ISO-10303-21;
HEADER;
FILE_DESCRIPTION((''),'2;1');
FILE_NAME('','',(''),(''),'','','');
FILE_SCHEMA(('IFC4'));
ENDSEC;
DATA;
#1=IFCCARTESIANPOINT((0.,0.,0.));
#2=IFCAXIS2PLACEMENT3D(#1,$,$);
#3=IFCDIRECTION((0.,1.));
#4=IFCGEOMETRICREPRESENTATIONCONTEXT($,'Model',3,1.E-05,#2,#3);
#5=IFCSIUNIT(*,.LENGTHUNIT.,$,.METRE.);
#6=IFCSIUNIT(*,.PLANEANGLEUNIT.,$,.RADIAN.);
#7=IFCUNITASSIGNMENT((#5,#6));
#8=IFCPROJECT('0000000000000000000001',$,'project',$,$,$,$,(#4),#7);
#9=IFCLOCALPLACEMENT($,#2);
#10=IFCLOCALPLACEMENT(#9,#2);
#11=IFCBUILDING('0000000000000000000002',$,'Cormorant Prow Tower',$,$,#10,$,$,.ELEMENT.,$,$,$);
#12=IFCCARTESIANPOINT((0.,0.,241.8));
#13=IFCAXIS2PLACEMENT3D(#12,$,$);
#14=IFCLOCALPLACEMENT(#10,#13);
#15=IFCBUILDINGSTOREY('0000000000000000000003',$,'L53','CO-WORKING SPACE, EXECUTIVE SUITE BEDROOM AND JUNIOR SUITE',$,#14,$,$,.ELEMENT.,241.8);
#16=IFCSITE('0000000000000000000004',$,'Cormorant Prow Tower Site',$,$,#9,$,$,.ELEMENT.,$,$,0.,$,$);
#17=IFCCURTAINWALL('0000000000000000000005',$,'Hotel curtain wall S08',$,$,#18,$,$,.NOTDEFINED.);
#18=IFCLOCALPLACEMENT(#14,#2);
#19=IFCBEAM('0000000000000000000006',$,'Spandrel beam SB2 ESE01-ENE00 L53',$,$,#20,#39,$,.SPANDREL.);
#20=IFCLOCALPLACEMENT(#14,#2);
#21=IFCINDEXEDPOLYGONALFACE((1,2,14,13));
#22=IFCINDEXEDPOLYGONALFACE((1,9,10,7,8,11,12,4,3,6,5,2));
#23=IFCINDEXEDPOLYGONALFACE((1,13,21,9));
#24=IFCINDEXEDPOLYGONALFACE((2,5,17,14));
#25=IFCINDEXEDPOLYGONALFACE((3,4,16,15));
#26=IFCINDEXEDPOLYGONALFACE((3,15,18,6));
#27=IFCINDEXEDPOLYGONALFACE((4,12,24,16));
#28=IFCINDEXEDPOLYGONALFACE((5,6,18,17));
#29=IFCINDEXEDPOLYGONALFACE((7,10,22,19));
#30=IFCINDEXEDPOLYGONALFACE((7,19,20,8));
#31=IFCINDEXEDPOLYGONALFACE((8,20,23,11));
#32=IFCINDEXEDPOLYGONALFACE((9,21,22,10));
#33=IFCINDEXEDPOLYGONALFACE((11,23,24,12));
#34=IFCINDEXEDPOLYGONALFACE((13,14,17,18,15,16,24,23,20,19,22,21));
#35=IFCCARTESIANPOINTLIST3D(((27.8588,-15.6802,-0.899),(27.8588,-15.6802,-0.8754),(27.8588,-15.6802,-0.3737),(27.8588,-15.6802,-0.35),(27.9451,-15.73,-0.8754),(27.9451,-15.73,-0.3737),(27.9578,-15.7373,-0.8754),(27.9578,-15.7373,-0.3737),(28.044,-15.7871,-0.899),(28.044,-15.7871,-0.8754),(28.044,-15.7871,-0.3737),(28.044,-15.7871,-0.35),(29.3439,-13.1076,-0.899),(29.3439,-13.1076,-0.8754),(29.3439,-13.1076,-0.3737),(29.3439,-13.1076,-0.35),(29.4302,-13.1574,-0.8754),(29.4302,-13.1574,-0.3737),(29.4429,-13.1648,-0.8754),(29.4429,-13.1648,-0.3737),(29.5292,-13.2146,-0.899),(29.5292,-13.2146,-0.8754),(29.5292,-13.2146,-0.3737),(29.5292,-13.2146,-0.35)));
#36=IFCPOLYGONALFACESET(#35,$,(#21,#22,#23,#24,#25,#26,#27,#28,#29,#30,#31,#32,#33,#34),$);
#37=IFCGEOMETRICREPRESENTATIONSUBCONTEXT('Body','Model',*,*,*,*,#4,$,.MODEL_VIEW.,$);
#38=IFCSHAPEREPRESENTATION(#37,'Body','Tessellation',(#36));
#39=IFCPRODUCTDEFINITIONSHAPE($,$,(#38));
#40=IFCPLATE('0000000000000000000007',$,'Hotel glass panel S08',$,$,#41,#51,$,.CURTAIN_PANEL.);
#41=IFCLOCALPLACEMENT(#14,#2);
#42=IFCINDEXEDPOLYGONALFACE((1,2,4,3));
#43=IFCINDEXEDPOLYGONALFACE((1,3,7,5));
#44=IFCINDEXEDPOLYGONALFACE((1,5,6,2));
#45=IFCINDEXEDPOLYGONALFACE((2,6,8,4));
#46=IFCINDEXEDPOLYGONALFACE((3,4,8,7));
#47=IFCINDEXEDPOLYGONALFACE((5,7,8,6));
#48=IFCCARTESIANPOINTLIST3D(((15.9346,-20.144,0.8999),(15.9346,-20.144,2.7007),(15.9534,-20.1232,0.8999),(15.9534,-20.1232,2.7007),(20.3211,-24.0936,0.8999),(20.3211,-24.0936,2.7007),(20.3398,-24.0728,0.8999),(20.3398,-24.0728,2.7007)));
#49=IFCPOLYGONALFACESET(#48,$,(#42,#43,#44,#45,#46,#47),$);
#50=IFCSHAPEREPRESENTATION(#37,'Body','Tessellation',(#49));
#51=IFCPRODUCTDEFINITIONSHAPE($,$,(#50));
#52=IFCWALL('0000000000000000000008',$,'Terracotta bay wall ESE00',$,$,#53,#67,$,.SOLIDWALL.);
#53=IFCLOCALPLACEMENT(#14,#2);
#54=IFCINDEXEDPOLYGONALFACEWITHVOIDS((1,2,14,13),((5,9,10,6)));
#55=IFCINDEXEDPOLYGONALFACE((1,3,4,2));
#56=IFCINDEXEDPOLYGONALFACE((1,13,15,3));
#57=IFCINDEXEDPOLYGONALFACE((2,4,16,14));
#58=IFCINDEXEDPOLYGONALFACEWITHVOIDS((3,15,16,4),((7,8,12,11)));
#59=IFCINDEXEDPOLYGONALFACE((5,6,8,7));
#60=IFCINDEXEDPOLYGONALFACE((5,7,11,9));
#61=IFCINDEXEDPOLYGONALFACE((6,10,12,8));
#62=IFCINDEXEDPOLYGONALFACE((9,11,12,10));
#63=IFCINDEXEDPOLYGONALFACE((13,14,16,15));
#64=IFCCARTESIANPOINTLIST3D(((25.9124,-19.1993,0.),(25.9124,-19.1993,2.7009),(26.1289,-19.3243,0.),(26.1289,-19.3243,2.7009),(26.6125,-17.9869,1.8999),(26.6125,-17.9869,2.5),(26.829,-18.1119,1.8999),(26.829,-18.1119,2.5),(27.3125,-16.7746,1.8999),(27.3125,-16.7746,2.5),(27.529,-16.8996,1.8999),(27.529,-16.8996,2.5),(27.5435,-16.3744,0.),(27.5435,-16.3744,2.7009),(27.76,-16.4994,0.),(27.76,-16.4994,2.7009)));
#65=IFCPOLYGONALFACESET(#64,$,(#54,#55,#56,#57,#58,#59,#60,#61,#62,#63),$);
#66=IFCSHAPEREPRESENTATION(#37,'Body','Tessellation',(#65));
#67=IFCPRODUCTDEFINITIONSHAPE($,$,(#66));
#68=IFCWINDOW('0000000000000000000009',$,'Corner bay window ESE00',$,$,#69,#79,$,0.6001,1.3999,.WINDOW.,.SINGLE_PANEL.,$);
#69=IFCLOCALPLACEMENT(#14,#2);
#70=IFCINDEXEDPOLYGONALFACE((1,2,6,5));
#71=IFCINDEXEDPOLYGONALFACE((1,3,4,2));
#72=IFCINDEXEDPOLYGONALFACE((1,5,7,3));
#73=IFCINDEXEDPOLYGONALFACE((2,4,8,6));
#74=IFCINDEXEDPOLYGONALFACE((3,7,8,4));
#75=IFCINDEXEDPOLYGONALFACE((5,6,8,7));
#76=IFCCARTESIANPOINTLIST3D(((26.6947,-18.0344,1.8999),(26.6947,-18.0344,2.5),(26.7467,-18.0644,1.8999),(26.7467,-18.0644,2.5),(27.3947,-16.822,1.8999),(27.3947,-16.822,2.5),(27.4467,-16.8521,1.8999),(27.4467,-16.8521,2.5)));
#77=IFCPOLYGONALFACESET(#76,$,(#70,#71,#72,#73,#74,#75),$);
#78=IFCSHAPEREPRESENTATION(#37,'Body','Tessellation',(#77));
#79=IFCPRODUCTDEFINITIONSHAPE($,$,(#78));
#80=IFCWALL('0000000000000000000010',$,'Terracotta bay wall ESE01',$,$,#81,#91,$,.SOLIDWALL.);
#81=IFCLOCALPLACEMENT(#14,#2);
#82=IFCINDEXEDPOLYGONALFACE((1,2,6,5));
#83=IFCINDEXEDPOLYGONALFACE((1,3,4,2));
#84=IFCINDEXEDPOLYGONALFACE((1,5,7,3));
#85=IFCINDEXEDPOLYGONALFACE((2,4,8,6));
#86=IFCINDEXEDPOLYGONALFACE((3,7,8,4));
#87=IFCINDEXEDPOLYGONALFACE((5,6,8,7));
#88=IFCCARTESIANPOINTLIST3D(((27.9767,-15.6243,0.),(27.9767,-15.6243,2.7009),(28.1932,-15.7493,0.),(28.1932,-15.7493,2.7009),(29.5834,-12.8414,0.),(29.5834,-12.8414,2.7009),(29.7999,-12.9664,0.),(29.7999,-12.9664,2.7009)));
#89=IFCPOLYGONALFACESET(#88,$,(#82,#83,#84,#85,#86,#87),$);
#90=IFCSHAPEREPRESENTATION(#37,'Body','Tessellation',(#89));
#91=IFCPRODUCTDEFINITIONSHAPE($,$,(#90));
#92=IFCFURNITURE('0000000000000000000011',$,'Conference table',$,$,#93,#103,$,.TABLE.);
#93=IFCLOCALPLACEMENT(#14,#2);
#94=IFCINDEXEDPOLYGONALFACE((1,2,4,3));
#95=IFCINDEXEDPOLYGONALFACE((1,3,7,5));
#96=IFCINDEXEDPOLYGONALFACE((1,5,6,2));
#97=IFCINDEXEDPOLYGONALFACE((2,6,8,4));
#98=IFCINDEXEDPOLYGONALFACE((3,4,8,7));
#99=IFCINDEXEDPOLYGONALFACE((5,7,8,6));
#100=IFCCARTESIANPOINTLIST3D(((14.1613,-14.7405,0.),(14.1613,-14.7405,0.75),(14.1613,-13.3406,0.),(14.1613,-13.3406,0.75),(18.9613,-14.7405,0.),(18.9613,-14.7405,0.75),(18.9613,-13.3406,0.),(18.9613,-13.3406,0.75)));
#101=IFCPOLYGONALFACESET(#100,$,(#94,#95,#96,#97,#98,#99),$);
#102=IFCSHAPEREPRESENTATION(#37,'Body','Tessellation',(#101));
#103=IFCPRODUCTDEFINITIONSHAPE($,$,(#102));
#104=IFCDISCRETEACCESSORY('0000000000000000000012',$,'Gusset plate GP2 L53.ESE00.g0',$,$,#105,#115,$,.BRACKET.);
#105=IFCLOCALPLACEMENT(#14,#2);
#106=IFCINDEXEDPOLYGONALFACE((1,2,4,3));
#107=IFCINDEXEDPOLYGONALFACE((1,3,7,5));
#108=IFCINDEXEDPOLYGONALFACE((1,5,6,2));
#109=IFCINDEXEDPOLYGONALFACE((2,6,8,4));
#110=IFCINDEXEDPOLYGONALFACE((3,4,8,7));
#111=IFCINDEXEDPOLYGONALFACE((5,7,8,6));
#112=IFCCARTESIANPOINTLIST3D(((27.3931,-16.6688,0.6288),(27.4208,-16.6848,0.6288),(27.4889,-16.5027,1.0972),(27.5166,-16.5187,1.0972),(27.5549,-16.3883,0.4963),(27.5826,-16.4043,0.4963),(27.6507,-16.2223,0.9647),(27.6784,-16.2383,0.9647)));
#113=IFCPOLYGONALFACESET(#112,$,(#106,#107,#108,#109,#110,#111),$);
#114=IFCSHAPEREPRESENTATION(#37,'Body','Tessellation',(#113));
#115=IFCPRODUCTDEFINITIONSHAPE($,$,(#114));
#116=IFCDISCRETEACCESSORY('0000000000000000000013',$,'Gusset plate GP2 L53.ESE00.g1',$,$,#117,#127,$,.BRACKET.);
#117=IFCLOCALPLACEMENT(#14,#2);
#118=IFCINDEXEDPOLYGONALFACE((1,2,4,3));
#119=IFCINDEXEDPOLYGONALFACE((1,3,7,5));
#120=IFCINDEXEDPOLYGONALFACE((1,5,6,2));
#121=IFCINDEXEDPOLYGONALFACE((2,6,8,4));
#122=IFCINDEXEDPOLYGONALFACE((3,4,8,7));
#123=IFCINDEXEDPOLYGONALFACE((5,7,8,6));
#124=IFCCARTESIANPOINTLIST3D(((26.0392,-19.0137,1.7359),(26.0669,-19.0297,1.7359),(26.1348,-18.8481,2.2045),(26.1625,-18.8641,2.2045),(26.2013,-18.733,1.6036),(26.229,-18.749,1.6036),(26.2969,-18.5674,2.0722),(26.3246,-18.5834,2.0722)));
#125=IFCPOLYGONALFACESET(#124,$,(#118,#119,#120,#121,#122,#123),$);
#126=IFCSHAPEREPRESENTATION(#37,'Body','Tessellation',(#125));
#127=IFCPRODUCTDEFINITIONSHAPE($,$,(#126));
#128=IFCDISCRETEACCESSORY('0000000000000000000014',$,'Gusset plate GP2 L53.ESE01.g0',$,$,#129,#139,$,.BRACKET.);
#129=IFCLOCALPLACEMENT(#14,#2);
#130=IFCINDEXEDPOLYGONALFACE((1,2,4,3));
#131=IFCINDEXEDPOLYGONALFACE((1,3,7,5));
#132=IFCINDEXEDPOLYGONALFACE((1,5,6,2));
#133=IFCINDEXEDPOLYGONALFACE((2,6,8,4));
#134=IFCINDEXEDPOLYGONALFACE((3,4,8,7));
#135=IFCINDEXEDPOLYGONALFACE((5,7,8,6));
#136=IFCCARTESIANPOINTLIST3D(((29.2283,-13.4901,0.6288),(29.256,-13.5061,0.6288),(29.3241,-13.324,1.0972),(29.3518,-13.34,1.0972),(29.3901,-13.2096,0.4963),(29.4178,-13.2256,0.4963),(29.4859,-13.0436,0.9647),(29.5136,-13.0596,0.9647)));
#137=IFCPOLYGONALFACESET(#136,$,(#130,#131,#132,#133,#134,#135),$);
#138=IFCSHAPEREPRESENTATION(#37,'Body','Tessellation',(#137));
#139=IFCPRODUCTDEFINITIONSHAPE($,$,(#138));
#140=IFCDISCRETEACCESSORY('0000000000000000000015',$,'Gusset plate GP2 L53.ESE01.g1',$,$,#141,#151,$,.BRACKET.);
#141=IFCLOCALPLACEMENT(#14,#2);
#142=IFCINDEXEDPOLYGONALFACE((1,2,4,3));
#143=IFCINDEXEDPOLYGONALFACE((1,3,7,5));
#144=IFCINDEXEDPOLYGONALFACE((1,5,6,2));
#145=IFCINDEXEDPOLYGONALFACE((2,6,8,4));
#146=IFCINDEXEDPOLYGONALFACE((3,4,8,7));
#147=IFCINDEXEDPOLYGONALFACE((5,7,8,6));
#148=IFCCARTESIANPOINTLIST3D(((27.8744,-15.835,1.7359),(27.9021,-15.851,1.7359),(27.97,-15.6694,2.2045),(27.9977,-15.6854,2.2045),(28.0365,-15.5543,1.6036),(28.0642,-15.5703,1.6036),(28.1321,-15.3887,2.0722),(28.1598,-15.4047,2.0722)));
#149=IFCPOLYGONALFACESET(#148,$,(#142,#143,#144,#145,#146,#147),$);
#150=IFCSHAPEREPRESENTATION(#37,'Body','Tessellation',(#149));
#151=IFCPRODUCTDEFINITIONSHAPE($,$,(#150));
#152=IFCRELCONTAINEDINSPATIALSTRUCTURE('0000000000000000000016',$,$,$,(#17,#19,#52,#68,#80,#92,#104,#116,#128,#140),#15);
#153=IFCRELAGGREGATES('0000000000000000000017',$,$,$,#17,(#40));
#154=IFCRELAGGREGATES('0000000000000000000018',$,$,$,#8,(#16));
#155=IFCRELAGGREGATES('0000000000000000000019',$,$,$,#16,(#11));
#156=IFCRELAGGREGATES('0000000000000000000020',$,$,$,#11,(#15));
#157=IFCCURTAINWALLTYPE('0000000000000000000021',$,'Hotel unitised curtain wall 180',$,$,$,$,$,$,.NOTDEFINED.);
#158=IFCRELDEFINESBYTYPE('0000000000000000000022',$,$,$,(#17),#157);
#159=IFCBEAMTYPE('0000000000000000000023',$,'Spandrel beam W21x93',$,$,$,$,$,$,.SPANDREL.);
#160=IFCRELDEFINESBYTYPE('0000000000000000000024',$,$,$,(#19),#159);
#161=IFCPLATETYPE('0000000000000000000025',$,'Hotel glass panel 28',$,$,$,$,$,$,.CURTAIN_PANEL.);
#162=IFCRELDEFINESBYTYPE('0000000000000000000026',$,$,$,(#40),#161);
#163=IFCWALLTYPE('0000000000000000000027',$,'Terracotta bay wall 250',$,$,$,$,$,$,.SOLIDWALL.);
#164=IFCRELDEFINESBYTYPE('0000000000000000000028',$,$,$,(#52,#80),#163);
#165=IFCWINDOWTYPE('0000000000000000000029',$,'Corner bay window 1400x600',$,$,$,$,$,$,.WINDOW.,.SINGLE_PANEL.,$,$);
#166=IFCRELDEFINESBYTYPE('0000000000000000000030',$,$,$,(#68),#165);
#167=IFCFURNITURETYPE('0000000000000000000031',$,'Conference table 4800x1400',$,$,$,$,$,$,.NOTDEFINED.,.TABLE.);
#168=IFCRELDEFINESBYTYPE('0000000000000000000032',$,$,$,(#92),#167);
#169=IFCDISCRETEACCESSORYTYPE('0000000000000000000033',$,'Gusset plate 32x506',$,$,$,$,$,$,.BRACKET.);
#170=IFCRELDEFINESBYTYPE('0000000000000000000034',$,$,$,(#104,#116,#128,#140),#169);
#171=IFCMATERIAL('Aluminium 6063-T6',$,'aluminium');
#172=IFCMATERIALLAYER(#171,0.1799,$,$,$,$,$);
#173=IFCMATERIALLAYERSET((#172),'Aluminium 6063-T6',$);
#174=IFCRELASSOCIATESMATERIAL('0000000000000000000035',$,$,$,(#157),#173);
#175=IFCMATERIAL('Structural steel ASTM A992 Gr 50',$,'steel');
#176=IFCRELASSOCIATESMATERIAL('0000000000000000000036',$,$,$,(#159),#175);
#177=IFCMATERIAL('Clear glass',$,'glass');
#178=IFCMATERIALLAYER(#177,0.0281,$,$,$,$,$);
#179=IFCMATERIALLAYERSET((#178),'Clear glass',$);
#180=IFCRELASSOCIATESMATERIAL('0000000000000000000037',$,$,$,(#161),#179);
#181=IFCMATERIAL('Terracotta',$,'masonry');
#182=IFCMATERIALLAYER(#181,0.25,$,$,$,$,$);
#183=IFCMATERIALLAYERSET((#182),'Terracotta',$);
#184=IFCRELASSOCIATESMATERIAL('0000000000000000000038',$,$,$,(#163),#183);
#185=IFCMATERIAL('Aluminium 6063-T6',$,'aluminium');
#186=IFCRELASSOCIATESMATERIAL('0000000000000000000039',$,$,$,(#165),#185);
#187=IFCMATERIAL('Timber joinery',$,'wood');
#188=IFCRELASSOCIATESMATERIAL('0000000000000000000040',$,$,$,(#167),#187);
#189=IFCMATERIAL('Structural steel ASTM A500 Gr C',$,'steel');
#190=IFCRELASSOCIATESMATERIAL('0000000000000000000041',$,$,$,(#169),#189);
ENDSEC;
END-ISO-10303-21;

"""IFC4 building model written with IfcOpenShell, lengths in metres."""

from ifc_helpers import new_model, si_unit, direction, frame, frame_2d, origin, origin_2d, place, context, subcontext, project, spatial, rectangle, i_section, extrude, material, layer, layer_set, material_profile, profile_set, type_object, element, fill, aggregate, save


model = new_model("IFC4")

# Units and contexts
model_context = context("Model", 3, precision=1e-05, world=origin(), true_north=direction((0.0, 1.0)))
body_context = subcontext(model_context, "Body", "Model", "MODEL_VIEW")
ifc_project = project(units=[si_unit("LENGTHUNIT", "METRE"), si_unit("PLANEANGLEUNIT", "RADIAN")], contexts=[model_context])

# Site, building, storey
site_placement = place(None, origin())
site = spatial("IfcSite", under=ifc_project, at=site_placement, Name="Cormorant Prow Tower Site", CompositionType="ELEMENT", RefElevation=0.0)
building_placement = place(site_placement, origin())
building = spatial("IfcBuilding", under=site, at=building_placement, Name="Cormorant Prow Tower", CompositionType="ELEMENT")
storey_placement = place(building_placement, frame((0.0, 0.0, 241.8)))
storey = spatial("IfcBuildingStorey", under=building, at=storey_placement, Name="L53", Description="CO-WORKING SPACE, EXECUTIVE SUITE BEDROOM AND JUNIOR SUITE", CompositionType="ELEMENT", Elevation=241.8)

# Curtain wall
ifc_material_1 = material(Name="Aluminium 6063-T6", Category="aluminium")
ifc_layer_1 = layer(ifc_material_1, 0.1799)
ifc_layer_set_1 = layer_set([ifc_layer_1], Name="Aluminium 6063-T6")
curtain_wall_type = type_object("IfcCurtainWallType", Name="Hotel unitised curtain wall 180", PredefinedType="NOTDEFINED", material=ifc_layer_set_1)
curtain_wall_placement = place(storey_placement, origin())
curtain_wall = element("IfcCurtainWall", 1, at=curtain_wall_placement, inside=storey, type_object=curtain_wall_type, Name="Hotel curtain wall S08", PredefinedType="NOTDEFINED")

# Beam
ifc_material_2 = material(Name="Structural steel ASTM A992 Gr 50", Category="steel")
ifc_material_profile_1 = material_profile(ifc_material_2, i_section(OverallWidth=0.2139, OverallDepth=0.5491, WebThickness=0.0146, FlangeThickness=0.0237, at=origin_2d()), Name="W21x93")
ifc_profile_set_1 = profile_set([ifc_material_profile_1], Name="Structural steel ASTM A992 Gr 50")
beam_type = type_object("IfcBeamType", Name="Spandrel beam W21x93", PredefinedType="SPANDREL", material=ifc_profile_set_1)
for number, where, z_axis, x_axis, name in (
    (2, (27.9514, -15.7336, -0.6245), (0.499967, 0.866045, 0.0), (-0.866045, 0.499967, 0.0), "Spandrel beam SB2 ESE01-ENE00 L53"),
):
    element("IfcBeam", number, at=place(storey_placement, frame(where, z_axis=z_axis, x_axis=x_axis)), inside=storey, type_object=beam_type, Name=name, PredefinedType="SPANDREL", context=body_context, shape_type="SweptSolid", body=[
        extrude(i_section(OverallWidth=0.2139, OverallDepth=0.5491, WebThickness=0.0146, FlangeThickness=0.0237, at=origin_2d()), origin(), (0.0, 0.0, 1.0), 2.9705),
    ])

# Plate
ifc_material_3 = material(Name="Clear glass", Category="glass")
ifc_layer_2 = layer(ifc_material_3, 0.0281)
ifc_layer_set_2 = layer_set([ifc_layer_2], Name="Clear glass")
plate_type = type_object("IfcPlateType", Name="Hotel glass panel 28", PredefinedType="CURTAIN_PANEL", material=ifc_layer_set_2)
plate_placement = place(storey_placement, frame((18.1372, -22.1084, 0.8999), z_axis=(0.0, 0.0, 1.0), x_axis=(0.743145, -0.669131, 0.0)))
plate = element("IfcPlate", 3, at=plate_placement, type_object=plate_type, Name="Hotel glass panel S08", PredefinedType="CURTAIN_PANEL", context=body_context, shape_type="SweptSolid", body=[
    extrude(rectangle(XDim=5.9026, YDim=0.0281, at=origin_2d()), origin(), (0.0, 0.0, 1.0), 1.8008),
])
aggregate(curtain_wall, [plate])

# Wall, opening, window
ifc_material_4 = material(Name="Terracotta", Category="masonry")
ifc_layer_3 = layer(ifc_material_4, 0.25)
ifc_layer_set_3 = layer_set([ifc_layer_3], Name="Terracotta")
wall_type_1 = type_object("IfcWallType", Name="Terracotta bay wall 250", PredefinedType="SOLIDWALL", material=ifc_layer_set_3)
wall_1_placement = place(storey_placement, frame((26.0208, -19.2617, 0.0), z_axis=(0.0, 0.0, 1.0), x_axis=(0.500027, 0.86601, 0.0)))
wall_1 = element("IfcWall", 4, at=wall_1_placement, inside=storey, type_object=wall_type_1, Name="Terracotta bay wall ESE00", PredefinedType="SOLIDWALL", context=body_context, shape_type="SweptSolid", body=[
    extrude(rectangle(XDim=3.262, YDim=0.25, at=frame_2d((1.6309, 0.0))), origin(), (0.0, 0.0, 1.0), 2.7009),
])
opening_1_placement = place(wall_1_placement, frame((1.3999, 0.0, 1.8999)))
opening_1 = element("IfcOpeningElement", 5, at=opening_1_placement, cuts=wall_1, PredefinedType="OPENING", context=body_context, shape_type="SweptSolid", body=[
    extrude(rectangle(XDim=1.3999, YDim=0.6001, at=frame_2d((0.7, 0.3))), frame((0.0, 0.135, 0.0), z_axis=(0.0, -1.0, 0.0), x_axis=(1.0, 0.0, 0.0)), (0.0, 0.0, 1.0), 0.27),
])
ifc_material_5 = material(Name="Aluminium 6063-T6", Category="aluminium")
window_type = type_object("IfcWindowType", Name="Corner bay window 1400x600", PartitioningType="SINGLE_PANEL", PredefinedType="WINDOW", material=ifc_material_5)
window_placement = place(opening_1_placement, origin())
window = element("IfcWindow", 6, at=window_placement, inside=storey, type_object=window_type, Name="Corner bay window ESE00", OverallHeight=0.6001, OverallWidth=1.3999, PartitioningType="SINGLE_PANEL", PredefinedType="WINDOW", context=body_context, shape_type="SweptSolid", body=[
    extrude(rectangle(XDim=1.3999, YDim=0.6001, at=frame_2d((0.7, 0.3))), frame((0.0, 0.03, 0.0), z_axis=(0.0, -1.0, 0.0), x_axis=(1.0, 0.0, 0.0)), (0.0, 0.0, 1.0), 0.0601),
])
fill(opening_1, window)

# Wall
wall_2_placement = place(storey_placement, frame((28.085, -15.6868, 0.0), z_axis=(0.0, 0.0, 1.0), x_axis=(0.499988, 0.866033, 0.0)))
element("IfcWall", 7, at=wall_2_placement, inside=storey, type_object=wall_type_1, Name="Terracotta bay wall ESE01", PredefinedType="SOLIDWALL", context=body_context, shape_type="SweptSolid", body=[
    extrude(rectangle(XDim=3.2134, YDim=0.25, at=frame_2d((1.6067, 0.0))), origin(), (0.0, 0.0, 1.0), 2.7009),
])

# Furniture
ifc_material_6 = material(Name="Timber joinery", Category="wood")
furniture_type = type_object("IfcFurnitureType", Name="Conference table 4800x1400", AssemblyPlace="NOTDEFINED", PredefinedType="TABLE", material=ifc_material_6)
furniture_placement = place(storey_placement, frame((16.5613, -14.0405, 0.0), z_axis=(0.0, 0.0, 1.0), x_axis=(1.0, 0.0, 0.0)))
element("IfcFurniture", 8, at=furniture_placement, inside=storey, type_object=furniture_type, Name="Conference table", PredefinedType="TABLE", context=body_context, shape_type="SweptSolid", body=[
    extrude(rectangle(XDim=4.8, YDim=1.3999, at=origin_2d()), origin(), (0.0, 0.0, 1.0), 0.75),
])

# Discrete accessories
ifc_material_7 = material(Name="Structural steel ASTM A500 Gr C", Category="steel")
ifc_material_profile_2 = material_profile(ifc_material_7, rectangle(XDim=0.032, YDim=0.5061, at=origin_2d()), Name="Gusset plate 32x506")
ifc_profile_set_2 = profile_set([ifc_material_profile_2], Name="Structural steel ASTM A500 Gr C")
discrete_accessory_type = type_object("IfcDiscreteAccessoryType", Name="Gusset plate 32x506", PredefinedType="BRACKET", material=ifc_profile_set_2)
discrete_accessory_1_placement = place(storey_placement, frame((27.4548, -16.5938, 0.863), z_axis=(0.462538, 0.801594, -0.378821), x_axis=(-0.866148, 0.499788, 0.0)))
element("IfcDiscreteAccessory", 9, at=discrete_accessory_1_placement, inside=storey, type_object=discrete_accessory_type, Name="Gusset plate GP2 L53.ESE00.g0", PredefinedType="BRACKET", context=body_context, shape_type="SweptSolid", body=[
    extrude(rectangle(XDim=0.032, YDim=0.5061, at=origin_2d()), origin(), (0.0, 0.0, 1.0), 0.3499),
])
discrete_accessory_2_placement = place(storey_placement, frame((26.2629, -18.6582, 1.8379), z_axis=(-0.46295, -0.801796, 0.37789), x_axis=(0.86601, -0.500027, 0.0)))
element("IfcDiscreteAccessory", 10, at=discrete_accessory_2_placement, inside=storey, type_object=discrete_accessory_type, Name="Gusset plate GP2 L53.ESE00.g1", PredefinedType="BRACKET", context=body_context, shape_type="SweptSolid", body=[
    extrude(rectangle(XDim=0.032, YDim=0.5061, at=origin_2d()), origin(), (0.0, 0.0, 1.0), 0.3501),
])
discrete_accessory_3_placement = place(storey_placement, frame((29.29, -13.415, 0.863), z_axis=(0.462538, 0.801594, -0.378821), x_axis=(-0.866148, 0.499788, 0.0)))
element("IfcDiscreteAccessory", 11, at=discrete_accessory_3_placement, inside=storey, type_object=discrete_accessory_type, Name="Gusset plate GP2 L53.ESE01.g0", PredefinedType="BRACKET", context=body_context, shape_type="SweptSolid", body=[
    extrude(rectangle(XDim=0.032, YDim=0.5061, at=origin_2d()), origin(), (0.0, 0.0, 1.0), 0.3499),
])
discrete_accessory_4_placement = place(storey_placement, frame((28.0981, -15.4795, 1.8379), z_axis=(-0.46295, -0.801796, 0.37789), x_axis=(0.86601, -0.500027, 0.0)))
element("IfcDiscreteAccessory", 12, at=discrete_accessory_4_placement, inside=storey, type_object=discrete_accessory_type, Name="Gusset plate GP2 L53.ESE01.g1", PredefinedType="BRACKET", context=body_context, shape_type="SweptSolid", body=[
    extrude(rectangle(XDim=0.032, YDim=0.5061, at=origin_2d()), origin(), (0.0, 0.0, 1.0), 0.3501),
])

save(model, "model.ifc")
